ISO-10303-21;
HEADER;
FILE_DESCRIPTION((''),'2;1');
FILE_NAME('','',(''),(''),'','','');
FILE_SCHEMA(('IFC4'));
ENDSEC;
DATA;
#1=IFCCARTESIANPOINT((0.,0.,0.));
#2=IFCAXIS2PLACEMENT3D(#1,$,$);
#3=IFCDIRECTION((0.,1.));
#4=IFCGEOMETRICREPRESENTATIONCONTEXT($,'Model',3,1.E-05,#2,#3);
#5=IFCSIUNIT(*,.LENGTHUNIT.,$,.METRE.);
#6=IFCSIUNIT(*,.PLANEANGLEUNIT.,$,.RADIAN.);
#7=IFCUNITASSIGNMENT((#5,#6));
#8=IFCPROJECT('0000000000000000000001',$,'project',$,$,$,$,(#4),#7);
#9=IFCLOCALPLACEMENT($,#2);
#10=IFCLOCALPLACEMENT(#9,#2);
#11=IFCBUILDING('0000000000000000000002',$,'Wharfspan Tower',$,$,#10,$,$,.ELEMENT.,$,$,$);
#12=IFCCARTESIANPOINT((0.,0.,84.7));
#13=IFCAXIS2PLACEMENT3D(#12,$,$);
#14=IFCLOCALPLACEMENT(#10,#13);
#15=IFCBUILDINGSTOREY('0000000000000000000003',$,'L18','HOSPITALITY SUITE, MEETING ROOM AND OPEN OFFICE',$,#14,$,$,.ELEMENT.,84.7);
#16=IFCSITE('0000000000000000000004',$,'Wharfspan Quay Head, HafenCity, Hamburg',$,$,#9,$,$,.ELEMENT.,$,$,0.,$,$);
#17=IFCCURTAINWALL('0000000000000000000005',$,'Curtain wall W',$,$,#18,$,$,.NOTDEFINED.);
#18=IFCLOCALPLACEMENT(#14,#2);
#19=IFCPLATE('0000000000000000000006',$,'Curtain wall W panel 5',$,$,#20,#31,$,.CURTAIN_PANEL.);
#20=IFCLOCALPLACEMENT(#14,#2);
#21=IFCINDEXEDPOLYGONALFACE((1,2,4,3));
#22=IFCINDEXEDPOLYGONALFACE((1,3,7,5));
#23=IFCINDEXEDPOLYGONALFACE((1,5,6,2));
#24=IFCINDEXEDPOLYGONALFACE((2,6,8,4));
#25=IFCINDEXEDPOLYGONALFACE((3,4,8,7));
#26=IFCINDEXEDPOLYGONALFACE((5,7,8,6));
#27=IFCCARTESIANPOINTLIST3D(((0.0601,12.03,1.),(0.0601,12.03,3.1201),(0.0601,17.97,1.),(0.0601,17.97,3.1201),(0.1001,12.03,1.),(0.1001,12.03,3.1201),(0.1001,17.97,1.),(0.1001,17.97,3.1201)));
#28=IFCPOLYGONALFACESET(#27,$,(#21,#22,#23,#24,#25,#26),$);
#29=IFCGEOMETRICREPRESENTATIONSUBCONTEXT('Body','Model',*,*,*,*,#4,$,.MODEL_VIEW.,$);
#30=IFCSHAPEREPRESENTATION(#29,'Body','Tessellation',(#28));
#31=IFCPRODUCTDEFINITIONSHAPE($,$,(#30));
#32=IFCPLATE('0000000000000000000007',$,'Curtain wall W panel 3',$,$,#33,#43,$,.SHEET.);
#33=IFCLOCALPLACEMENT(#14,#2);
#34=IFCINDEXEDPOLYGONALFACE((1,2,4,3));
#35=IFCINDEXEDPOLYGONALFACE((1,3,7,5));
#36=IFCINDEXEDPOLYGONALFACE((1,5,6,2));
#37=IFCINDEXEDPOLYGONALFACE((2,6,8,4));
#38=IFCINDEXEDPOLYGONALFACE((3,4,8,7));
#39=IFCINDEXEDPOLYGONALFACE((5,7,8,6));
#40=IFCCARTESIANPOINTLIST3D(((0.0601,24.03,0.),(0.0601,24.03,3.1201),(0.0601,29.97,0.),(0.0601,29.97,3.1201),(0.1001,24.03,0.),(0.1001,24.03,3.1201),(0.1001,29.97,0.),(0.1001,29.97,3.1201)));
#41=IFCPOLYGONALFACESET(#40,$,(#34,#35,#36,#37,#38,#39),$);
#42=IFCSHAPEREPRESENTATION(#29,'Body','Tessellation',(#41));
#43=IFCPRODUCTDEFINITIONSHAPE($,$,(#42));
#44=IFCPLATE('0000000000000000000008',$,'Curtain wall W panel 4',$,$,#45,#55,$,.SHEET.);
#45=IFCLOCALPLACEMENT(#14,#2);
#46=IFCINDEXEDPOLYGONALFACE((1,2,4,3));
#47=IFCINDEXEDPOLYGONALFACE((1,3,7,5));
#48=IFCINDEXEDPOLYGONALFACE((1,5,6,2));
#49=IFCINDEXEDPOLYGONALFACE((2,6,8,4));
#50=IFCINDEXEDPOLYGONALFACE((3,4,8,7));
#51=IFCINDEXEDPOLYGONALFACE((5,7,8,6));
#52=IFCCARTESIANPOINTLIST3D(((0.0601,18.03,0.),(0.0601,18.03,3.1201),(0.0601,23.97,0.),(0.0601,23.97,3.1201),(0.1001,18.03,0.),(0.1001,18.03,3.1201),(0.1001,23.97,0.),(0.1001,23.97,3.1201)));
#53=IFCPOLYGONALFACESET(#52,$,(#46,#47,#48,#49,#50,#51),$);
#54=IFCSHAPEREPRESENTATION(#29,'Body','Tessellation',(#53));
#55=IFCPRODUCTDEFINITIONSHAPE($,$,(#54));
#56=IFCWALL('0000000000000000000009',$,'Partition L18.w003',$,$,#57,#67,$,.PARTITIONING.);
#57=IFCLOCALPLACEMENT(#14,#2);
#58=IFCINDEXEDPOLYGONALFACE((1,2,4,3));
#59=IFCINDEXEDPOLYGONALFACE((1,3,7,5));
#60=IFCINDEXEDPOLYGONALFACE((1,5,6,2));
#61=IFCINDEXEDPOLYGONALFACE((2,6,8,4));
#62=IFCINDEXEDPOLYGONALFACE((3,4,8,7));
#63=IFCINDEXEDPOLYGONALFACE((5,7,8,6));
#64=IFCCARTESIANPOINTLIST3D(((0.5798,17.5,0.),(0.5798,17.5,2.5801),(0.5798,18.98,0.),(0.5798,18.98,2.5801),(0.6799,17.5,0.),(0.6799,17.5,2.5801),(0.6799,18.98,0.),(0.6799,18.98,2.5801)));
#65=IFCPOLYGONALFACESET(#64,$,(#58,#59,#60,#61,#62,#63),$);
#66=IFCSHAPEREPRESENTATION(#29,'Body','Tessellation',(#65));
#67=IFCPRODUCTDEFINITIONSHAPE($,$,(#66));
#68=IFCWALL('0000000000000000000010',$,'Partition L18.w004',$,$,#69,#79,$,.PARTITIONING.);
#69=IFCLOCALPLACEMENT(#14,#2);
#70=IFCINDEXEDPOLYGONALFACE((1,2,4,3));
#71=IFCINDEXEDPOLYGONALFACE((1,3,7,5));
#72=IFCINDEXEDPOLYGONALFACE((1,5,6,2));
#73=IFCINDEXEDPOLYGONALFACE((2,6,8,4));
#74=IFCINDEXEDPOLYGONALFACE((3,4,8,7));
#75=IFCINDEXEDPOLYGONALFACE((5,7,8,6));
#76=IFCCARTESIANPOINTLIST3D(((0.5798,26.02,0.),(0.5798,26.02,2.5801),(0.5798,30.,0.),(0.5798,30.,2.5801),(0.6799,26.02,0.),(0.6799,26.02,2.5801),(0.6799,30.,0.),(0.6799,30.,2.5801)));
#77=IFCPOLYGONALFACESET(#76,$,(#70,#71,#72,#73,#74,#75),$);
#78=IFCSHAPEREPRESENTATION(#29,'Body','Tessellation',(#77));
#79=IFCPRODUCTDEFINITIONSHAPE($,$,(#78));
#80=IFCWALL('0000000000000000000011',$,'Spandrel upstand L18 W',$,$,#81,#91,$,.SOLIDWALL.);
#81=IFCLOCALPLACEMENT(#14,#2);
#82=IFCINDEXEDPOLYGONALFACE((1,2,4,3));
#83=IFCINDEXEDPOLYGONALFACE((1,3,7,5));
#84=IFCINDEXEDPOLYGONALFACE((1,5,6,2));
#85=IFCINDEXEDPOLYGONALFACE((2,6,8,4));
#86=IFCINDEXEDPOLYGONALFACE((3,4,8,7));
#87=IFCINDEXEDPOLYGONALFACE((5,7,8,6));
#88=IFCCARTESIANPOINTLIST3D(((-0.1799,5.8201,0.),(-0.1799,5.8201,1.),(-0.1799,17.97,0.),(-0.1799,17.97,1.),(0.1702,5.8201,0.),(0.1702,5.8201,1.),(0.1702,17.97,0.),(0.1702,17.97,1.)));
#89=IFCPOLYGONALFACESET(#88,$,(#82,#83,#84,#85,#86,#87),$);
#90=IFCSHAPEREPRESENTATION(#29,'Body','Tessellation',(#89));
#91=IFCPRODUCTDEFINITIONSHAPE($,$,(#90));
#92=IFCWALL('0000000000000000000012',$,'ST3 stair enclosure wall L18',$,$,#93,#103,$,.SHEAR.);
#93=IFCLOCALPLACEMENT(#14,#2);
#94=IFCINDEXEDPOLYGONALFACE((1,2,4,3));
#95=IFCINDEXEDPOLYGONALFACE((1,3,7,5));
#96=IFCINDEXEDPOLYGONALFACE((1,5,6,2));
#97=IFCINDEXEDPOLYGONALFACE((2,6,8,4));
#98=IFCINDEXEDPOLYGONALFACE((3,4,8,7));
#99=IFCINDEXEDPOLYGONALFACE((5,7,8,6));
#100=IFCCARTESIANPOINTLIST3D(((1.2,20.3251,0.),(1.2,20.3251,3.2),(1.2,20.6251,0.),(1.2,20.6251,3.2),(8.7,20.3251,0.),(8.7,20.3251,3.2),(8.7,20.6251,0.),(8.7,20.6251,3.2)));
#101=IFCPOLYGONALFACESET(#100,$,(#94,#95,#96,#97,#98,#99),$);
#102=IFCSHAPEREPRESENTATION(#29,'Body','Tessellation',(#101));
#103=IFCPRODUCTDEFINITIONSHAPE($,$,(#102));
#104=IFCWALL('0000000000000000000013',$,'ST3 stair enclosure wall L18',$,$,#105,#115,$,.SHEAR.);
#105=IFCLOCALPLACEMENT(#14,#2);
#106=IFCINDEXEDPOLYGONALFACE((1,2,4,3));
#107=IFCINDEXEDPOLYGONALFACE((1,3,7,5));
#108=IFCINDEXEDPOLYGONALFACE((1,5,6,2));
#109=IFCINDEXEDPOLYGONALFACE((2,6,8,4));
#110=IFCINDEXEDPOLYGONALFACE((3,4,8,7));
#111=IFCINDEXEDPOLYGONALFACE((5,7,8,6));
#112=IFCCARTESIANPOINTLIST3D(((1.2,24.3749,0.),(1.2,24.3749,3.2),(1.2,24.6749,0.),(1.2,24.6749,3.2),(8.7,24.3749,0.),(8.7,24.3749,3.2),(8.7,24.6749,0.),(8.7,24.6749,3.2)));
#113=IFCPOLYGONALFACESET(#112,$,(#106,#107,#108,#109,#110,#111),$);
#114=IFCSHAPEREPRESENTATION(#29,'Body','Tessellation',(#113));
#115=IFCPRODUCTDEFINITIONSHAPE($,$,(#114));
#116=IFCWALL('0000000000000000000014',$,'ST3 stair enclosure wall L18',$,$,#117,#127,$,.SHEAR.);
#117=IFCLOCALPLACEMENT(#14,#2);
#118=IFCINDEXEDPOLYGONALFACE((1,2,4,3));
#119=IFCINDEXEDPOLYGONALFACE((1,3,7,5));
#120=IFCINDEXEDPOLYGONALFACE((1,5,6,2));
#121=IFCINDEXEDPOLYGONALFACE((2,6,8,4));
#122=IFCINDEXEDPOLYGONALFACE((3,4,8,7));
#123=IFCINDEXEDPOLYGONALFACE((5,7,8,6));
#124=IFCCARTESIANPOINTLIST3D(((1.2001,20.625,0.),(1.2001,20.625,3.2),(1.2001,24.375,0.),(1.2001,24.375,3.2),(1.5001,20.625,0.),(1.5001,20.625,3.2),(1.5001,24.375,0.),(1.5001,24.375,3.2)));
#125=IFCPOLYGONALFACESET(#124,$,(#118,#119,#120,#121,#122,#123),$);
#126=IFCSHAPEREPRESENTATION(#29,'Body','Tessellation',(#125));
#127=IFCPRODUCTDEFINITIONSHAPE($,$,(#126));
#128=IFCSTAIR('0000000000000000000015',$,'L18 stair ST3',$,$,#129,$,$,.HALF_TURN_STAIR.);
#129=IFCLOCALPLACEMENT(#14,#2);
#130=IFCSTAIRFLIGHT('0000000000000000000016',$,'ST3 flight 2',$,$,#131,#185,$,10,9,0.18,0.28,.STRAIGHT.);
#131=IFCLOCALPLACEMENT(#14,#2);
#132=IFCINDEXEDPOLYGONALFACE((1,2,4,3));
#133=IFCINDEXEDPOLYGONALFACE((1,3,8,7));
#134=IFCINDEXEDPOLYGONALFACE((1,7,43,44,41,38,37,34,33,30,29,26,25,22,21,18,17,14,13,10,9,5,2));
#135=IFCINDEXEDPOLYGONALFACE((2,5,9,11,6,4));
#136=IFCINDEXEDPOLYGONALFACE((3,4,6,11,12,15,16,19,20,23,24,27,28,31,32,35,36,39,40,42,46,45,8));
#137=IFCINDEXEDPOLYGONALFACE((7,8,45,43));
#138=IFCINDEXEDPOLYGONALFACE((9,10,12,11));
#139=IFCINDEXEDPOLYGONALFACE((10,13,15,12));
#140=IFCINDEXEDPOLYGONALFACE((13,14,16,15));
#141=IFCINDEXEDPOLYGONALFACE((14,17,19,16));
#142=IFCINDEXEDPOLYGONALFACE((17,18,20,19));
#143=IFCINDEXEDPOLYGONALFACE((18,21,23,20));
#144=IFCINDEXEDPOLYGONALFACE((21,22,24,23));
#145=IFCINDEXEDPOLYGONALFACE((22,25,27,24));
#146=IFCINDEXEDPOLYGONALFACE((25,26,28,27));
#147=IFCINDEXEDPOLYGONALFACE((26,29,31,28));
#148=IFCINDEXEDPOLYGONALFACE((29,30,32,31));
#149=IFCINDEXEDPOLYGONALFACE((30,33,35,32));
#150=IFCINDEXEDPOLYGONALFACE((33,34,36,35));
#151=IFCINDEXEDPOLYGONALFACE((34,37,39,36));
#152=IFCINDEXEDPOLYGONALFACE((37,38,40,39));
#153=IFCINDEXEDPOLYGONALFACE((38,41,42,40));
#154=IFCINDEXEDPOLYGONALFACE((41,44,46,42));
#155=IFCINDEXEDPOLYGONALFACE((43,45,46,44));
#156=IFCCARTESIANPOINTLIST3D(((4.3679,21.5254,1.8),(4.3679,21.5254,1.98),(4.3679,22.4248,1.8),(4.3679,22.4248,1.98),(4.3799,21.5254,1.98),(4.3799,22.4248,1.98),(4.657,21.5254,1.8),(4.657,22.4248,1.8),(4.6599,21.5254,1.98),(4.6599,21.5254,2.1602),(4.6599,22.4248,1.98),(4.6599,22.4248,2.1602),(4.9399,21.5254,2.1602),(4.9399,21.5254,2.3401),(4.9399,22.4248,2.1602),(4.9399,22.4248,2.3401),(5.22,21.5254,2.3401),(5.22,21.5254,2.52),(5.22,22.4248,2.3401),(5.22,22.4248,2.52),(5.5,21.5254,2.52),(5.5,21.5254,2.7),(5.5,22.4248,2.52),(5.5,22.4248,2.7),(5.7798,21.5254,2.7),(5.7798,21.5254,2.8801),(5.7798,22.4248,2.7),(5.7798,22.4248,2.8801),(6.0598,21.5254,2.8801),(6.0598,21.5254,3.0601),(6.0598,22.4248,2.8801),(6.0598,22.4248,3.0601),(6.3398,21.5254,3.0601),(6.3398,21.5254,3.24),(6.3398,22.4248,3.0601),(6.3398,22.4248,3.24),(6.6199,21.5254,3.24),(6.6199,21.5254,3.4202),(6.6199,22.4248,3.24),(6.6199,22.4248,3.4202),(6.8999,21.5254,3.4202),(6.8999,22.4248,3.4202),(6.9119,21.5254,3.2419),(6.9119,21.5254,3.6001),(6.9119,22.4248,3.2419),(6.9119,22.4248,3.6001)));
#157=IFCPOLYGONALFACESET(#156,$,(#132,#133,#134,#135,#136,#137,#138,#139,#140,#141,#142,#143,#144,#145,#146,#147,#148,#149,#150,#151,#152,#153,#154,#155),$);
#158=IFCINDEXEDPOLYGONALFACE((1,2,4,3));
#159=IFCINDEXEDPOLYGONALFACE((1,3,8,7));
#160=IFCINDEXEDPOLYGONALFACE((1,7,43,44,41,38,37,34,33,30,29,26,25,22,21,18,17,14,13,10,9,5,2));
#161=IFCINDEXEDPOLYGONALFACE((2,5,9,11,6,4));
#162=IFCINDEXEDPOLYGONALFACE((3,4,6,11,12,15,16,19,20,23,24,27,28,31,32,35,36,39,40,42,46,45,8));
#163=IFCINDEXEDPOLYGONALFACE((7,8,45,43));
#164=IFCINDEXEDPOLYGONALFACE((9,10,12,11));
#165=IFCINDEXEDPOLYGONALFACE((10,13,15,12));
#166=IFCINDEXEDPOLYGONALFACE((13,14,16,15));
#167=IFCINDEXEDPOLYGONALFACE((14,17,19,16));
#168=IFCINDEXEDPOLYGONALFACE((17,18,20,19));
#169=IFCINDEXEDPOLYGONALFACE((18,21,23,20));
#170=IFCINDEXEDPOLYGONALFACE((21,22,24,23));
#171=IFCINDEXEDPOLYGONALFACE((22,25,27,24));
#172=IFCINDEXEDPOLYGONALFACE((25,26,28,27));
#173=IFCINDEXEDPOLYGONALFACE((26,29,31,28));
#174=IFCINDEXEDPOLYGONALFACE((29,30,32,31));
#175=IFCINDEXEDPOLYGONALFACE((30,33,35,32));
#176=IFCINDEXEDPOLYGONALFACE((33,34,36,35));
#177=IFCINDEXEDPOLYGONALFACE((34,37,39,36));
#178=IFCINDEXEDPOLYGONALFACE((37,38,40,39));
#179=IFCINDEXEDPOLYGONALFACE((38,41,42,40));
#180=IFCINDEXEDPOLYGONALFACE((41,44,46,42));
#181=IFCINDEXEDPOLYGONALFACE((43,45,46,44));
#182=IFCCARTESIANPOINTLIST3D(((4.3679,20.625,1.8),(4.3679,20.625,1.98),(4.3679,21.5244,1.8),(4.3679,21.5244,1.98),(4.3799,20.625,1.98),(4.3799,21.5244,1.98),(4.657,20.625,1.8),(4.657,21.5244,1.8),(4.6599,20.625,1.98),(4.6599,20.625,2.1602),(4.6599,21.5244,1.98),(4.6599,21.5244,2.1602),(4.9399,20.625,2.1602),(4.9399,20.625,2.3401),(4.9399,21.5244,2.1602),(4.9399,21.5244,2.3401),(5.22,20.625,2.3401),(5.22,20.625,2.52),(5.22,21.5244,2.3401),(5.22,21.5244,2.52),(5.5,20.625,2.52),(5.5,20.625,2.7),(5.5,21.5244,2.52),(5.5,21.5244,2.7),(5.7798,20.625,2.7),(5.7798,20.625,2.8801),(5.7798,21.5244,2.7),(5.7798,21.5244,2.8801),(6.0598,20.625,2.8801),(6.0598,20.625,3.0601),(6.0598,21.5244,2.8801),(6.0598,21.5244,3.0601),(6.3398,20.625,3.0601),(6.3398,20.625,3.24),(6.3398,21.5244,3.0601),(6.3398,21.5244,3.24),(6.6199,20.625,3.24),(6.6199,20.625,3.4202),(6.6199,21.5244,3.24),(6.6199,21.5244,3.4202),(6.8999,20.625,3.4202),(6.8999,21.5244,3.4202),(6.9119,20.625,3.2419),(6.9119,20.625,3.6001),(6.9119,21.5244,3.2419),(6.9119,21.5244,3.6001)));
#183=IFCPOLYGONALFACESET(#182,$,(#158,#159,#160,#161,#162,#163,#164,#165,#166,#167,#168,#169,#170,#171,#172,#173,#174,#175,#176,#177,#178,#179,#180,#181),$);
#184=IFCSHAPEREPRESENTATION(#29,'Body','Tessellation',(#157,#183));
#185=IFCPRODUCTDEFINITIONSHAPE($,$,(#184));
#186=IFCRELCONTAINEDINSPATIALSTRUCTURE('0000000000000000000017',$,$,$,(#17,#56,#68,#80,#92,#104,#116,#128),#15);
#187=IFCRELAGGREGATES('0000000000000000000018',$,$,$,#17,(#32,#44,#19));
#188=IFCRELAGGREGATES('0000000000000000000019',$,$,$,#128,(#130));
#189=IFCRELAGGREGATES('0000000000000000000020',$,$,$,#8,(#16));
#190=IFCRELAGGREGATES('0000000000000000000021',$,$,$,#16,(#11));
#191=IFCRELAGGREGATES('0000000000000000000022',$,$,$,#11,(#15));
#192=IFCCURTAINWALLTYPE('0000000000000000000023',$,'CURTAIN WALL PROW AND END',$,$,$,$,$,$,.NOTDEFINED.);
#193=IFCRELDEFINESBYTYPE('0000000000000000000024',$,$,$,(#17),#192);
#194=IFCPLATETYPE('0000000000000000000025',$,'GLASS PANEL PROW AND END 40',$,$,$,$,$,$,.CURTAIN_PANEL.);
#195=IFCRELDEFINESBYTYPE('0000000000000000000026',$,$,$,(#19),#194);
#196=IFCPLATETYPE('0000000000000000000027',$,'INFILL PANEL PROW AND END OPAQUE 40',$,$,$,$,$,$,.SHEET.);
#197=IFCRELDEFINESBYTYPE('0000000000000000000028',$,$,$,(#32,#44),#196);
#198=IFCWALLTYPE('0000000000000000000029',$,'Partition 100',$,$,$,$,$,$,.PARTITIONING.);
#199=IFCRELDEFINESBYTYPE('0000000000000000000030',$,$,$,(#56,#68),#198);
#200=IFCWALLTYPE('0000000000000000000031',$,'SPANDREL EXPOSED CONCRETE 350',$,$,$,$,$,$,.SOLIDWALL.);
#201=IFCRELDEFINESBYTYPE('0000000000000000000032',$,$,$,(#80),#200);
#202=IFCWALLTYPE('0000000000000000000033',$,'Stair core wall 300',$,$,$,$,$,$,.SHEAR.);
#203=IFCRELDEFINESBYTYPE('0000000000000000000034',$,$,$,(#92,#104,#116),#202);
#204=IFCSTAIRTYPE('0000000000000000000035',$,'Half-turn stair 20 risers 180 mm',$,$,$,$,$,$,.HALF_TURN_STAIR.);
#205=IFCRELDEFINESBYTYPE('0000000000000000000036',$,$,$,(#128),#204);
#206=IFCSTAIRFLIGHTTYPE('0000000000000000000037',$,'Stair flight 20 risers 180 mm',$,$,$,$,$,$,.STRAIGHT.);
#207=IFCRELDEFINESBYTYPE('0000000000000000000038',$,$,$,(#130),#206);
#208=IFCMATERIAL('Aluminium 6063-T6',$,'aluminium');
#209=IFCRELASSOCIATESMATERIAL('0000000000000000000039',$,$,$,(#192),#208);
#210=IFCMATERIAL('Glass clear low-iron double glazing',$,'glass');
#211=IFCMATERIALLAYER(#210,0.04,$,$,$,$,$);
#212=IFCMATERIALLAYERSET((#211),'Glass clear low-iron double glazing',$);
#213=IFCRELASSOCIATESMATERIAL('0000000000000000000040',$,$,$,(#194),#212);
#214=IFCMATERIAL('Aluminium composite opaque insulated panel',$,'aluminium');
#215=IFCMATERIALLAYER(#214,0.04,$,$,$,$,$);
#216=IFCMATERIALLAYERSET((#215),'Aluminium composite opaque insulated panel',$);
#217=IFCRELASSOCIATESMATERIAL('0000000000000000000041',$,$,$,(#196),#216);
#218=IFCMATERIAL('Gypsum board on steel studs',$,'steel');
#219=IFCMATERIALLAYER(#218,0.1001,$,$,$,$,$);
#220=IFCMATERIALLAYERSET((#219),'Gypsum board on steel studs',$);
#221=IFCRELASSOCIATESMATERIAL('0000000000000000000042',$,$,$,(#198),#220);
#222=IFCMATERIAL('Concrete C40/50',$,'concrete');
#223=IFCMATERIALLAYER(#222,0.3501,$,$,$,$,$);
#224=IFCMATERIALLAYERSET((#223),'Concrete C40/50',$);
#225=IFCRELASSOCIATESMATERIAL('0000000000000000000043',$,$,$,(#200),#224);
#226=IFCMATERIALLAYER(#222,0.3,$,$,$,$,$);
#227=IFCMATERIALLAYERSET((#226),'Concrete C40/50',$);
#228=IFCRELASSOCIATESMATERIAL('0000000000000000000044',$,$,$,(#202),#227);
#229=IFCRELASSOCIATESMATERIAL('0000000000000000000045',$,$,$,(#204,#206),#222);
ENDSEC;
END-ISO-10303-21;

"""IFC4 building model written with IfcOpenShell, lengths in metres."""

from ifc_helpers import new_model, si_unit, direction, frame, frame_2d, origin, origin_2d, place, context, subcontext, project, spatial, polyline, rectangle, outline, extrude, material, layer, layer_set, type_object, element, aggregate, save


model = new_model("IFC4")

# Units and contexts
model_context = context("Model", 3, precision=1e-05, world=origin(), true_north=direction((0.0, 1.0)))
body_context = subcontext(model_context, "Body", "Model", "MODEL_VIEW")
ifc_project = project(units=[si_unit("LENGTHUNIT", "METRE"), si_unit("PLANEANGLEUNIT", "RADIAN")], contexts=[model_context])

# Site, building, storey
site_placement = place(None, origin())
site = spatial("IfcSite", under=ifc_project, at=site_placement, Name="Wharfspan Quay Head, HafenCity, Hamburg", CompositionType="ELEMENT", RefElevation=0.0)
building_placement = place(site_placement, origin())
building = spatial("IfcBuilding", under=site, at=building_placement, Name="Wharfspan Tower", CompositionType="ELEMENT")
storey_placement = place(building_placement, frame((0.0, 0.0, 84.7)))
storey = spatial("IfcBuildingStorey", under=building, at=storey_placement, Name="L18", Description="HOSPITALITY SUITE, MEETING ROOM AND OPEN OFFICE", CompositionType="ELEMENT", Elevation=84.7)

# Curtain wall
ifc_material_1 = material(Name="Aluminium 6063-T6", Category="aluminium")
curtain_wall_type = type_object("IfcCurtainWallType", Name="CURTAIN WALL PROW AND END", PredefinedType="NOTDEFINED", material=ifc_material_1)
curtain_wall_placement = place(storey_placement, origin())
curtain_wall = element("IfcCurtainWall", 1, at=curtain_wall_placement, inside=storey, type_object=curtain_wall_type, Name="Curtain wall W", PredefinedType="NOTDEFINED")

# Plates
ifc_material_2 = material(Name="Glass clear low-iron double glazing", Category="glass")
ifc_layer_1 = layer(ifc_material_2, 0.04)
ifc_layer_set_1 = layer_set([ifc_layer_1], Name="Glass clear low-iron double glazing")
plate_type_1 = type_object("IfcPlateType", Name="GLASS PANEL PROW AND END 40", PredefinedType="CURTAIN_PANEL", material=ifc_layer_set_1)
plate_1_placement = place(storey_placement, frame((0.0801, 15.0, 1.0), z_axis=(0.0, 0.0, 1.0), x_axis=(0.0, -1.0, 0.0)))
plate_1 = element("IfcPlate", 2, at=plate_1_placement, type_object=plate_type_1, Name="Curtain wall W panel 5", PredefinedType="CURTAIN_PANEL", context=body_context, shape_type="SweptSolid", body=[
    extrude(rectangle(XDim=5.9399, YDim=0.04, at=origin_2d()), origin(), (0.0, 0.0, 1.0), 2.1201),
])
ifc_material_3 = material(Name="Aluminium composite opaque insulated panel", Category="aluminium")
ifc_layer_2 = layer(ifc_material_3, 0.04)
ifc_layer_set_2 = layer_set([ifc_layer_2], Name="Aluminium composite opaque insulated panel")
plate_type_2 = type_object("IfcPlateType", Name="INFILL PANEL PROW AND END OPAQUE 40", PredefinedType="SHEET", material=ifc_layer_set_2)
plate_2_placement = place(storey_placement, frame((0.0801, 27.0, 0.0), z_axis=(0.0, 0.0, 1.0), x_axis=(0.0, -1.0, 0.0)))
plate_2 = element("IfcPlate", 3, at=plate_2_placement, type_object=plate_type_2, Name="Curtain wall W panel 3", PredefinedType="SHEET", context=body_context, shape_type="SweptSolid", body=[
    extrude(rectangle(XDim=5.9399, YDim=0.04, at=origin_2d()), origin(), (0.0, 0.0, 1.0), 3.1201),
])
plate_3_placement = place(storey_placement, frame((0.0801, 21.0, 0.0), z_axis=(0.0, 0.0, 1.0), x_axis=(0.0, -1.0, 0.0)))
plate_3 = element("IfcPlate", 4, at=plate_3_placement, type_object=plate_type_2, Name="Curtain wall W panel 4", PredefinedType="SHEET", context=body_context, shape_type="SweptSolid", body=[
    extrude(rectangle(XDim=5.9399, YDim=0.04, at=origin_2d()), origin(), (0.0, 0.0, 1.0), 3.1201),
])
aggregate(curtain_wall, [plate_2, plate_3, plate_1])

# Walls
ifc_material_4 = material(Name="Gypsum board on steel studs", Category="steel")
ifc_layer_3 = layer(ifc_material_4, 0.1001)
ifc_layer_set_3 = layer_set([ifc_layer_3], Name="Gypsum board on steel studs")
wall_type_1 = type_object("IfcWallType", Name="Partition 100", PredefinedType="PARTITIONING", material=ifc_layer_set_3)
wall_1_placement = place(storey_placement, frame((0.6299, 17.5, 0.0), z_axis=(0.0, 0.0, 1.0), x_axis=(0.0, 1.0, 0.0)))
element("IfcWall", 5, at=wall_1_placement, inside=storey, type_object=wall_type_1, Name="Partition L18.w003", PredefinedType="PARTITIONING", context=body_context, shape_type="SweptSolid", body=[
    extrude(rectangle(XDim=1.48, YDim=0.1001, at=frame_2d((0.74, 0.0))), origin(), (0.0, 0.0, 1.0), 2.5801),
])
wall_2_placement = place(storey_placement, frame((0.6299, 26.02, 0.0), z_axis=(0.0, 0.0, 1.0), x_axis=(0.0, 1.0, 0.0)))
element("IfcWall", 6, at=wall_2_placement, inside=storey, type_object=wall_type_1, Name="Partition L18.w004", PredefinedType="PARTITIONING", context=body_context, shape_type="SweptSolid", body=[
    extrude(rectangle(XDim=3.98, YDim=0.1001, at=frame_2d((1.99, 0.0))), origin(), (0.0, 0.0, 1.0), 2.5801),
])
ifc_material_5 = material(Name="Concrete C40/50", Category="concrete")
ifc_layer_4 = layer(ifc_material_5, 0.3501)
ifc_layer_set_4 = layer_set([ifc_layer_4], Name="Concrete C40/50")
wall_type_2 = type_object("IfcWallType", Name="SPANDREL EXPOSED CONCRETE 350", PredefinedType="SOLIDWALL", material=ifc_layer_set_4)
wall_3_placement = place(storey_placement, frame((-0.0049, 17.97, 0.0), z_axis=(0.0, 0.0, 1.0), x_axis=(0.0, -1.0, 0.0)))
element("IfcWall", 7, at=wall_3_placement, inside=storey, type_object=wall_type_2, Name="Spandrel upstand L18 W", PredefinedType="SOLIDWALL", context=body_context, shape_type="SweptSolid", body=[
    extrude(rectangle(XDim=12.1499, YDim=0.3501, at=frame_2d((6.075, 0.0))), origin(), (0.0, 0.0, 1.0), 1.0),
])
ifc_layer_5 = layer(ifc_material_5, 0.3)
ifc_layer_set_5 = layer_set([ifc_layer_5], Name="Concrete C40/50")
wall_type_3 = type_object("IfcWallType", Name="Stair core wall 300", PredefinedType="SHEAR", material=ifc_layer_set_5)
for number, where, z_axis, x_axis, name in (
    (8, (1.2, 20.4751, 0.0), (0.0, 0.0, 1.0), (1.0, 0.0, 0.0), "ST3 stair enclosure wall L18"),
    (9, (1.2, 24.5249, 0.0), (0.0, 0.0, 1.0), (1.0, 0.0, 0.0), "ST3 stair enclosure wall L18"),
):
    element("IfcWall", number, at=place(storey_placement, frame(where, z_axis=z_axis, x_axis=x_axis)), inside=storey, type_object=wall_type_3, Name=name, PredefinedType="SHEAR", context=body_context, shape_type="SweptSolid", body=[
        extrude(rectangle(XDim=7.5, YDim=0.3, at=frame_2d((3.75, 0.0))), origin(), (0.0, 0.0, 1.0), 3.2),
    ])
wall_4_placement = place(storey_placement, frame((1.3501, 20.625, 0.0), z_axis=(0.0, 0.0, 1.0), x_axis=(0.0, 1.0, 0.0)))
element("IfcWall", 10, at=wall_4_placement, inside=storey, type_object=wall_type_3, Name="ST3 stair enclosure wall L18", PredefinedType="SHEAR", context=body_context, shape_type="SweptSolid", body=[
    extrude(rectangle(XDim=3.75, YDim=0.3, at=frame_2d((1.875, 0.0))), origin(), (0.0, 0.0, 1.0), 3.2),
])

# Stair, stair flight
stair_type = type_object("IfcStairType", Name="Half-turn stair 20 risers 180 mm", PredefinedType="HALF_TURN_STAIR", material=ifc_material_5)
stair_placement = place(storey_placement, origin())
stair = element("IfcStair", 11, at=stair_placement, inside=storey, type_object=stair_type, Name="L18 stair ST3", PredefinedType="HALF_TURN_STAIR")
stair_flight_type = type_object("IfcStairFlightType", Name="Stair flight 20 risers 180 mm", PredefinedType="STRAIGHT", material=ifc_material_5)
stair_flight_placement = place(storey_placement, frame((4.3799, 21.5249, 1.8), z_axis=(0.0, 0.0, 1.0), x_axis=(1.0, 0.0, 0.0)))
stair_flight = element("IfcStairFlight", 12, at=stair_flight_placement, type_object=stair_flight_type, Name="ST3 flight 2", NumberOfRisers=10, NumberOfTreads=9, PredefinedType="STRAIGHT", RiserHeight=0.18, TreadLength=0.28, context=body_context, shape_type="SweptSolid", body=[
    extrude(outline(polyline([(-0.012, 0.0), (-0.012, 0.1799), (0.0, 0.1799), (0.28, 0.1799), (0.28, 0.3601), (0.5601, 0.3601), (0.5601, 0.54), (0.8401, 0.54), (0.8401, 0.72), (1.1201, 0.72), (1.1201, 0.8999), (1.3999, 0.8999), (1.3999, 1.0801), (1.6799, 1.0801), (1.6799, 1.26), (1.96, 1.26), (1.96, 1.4399), (2.24, 1.4399), (2.24, 1.6201), (2.52, 1.6201), (2.532, 1.8), (2.532, 1.4419), (0.2771, 0.0), (-0.012, 0.0)])), frame((0.0, 0.8999, 0.0), z_axis=(0.0, -1.0, 0.0), x_axis=(1.0, 0.0, 0.0)), (0.0, 0.0, 1.0), 0.8994),
    extrude(outline(polyline([(-0.012, 0.0), (-0.012, 0.1799), (0.0, 0.1799), (0.28, 0.1799), (0.28, 0.3601), (0.5601, 0.3601), (0.5601, 0.54), (0.8401, 0.54), (0.8401, 0.72), (1.1201, 0.72), (1.1201, 0.8999), (1.3999, 0.8999), (1.3999, 1.0801), (1.6799, 1.0801), (1.6799, 1.26), (1.96, 1.26), (1.96, 1.4399), (2.24, 1.4399), (2.24, 1.6201), (2.52, 1.6201), (2.532, 1.8), (2.532, 1.4419), (0.2771, 0.0), (-0.012, 0.0)])), frame((0.0, -0.0005, 0.0), z_axis=(0.0, -1.0, 0.0), x_axis=(1.0, 0.0, 0.0)), (0.0, 0.0, 1.0), 0.8994),
])
aggregate(stair, [stair_flight])

save(model, "model.ifc")
